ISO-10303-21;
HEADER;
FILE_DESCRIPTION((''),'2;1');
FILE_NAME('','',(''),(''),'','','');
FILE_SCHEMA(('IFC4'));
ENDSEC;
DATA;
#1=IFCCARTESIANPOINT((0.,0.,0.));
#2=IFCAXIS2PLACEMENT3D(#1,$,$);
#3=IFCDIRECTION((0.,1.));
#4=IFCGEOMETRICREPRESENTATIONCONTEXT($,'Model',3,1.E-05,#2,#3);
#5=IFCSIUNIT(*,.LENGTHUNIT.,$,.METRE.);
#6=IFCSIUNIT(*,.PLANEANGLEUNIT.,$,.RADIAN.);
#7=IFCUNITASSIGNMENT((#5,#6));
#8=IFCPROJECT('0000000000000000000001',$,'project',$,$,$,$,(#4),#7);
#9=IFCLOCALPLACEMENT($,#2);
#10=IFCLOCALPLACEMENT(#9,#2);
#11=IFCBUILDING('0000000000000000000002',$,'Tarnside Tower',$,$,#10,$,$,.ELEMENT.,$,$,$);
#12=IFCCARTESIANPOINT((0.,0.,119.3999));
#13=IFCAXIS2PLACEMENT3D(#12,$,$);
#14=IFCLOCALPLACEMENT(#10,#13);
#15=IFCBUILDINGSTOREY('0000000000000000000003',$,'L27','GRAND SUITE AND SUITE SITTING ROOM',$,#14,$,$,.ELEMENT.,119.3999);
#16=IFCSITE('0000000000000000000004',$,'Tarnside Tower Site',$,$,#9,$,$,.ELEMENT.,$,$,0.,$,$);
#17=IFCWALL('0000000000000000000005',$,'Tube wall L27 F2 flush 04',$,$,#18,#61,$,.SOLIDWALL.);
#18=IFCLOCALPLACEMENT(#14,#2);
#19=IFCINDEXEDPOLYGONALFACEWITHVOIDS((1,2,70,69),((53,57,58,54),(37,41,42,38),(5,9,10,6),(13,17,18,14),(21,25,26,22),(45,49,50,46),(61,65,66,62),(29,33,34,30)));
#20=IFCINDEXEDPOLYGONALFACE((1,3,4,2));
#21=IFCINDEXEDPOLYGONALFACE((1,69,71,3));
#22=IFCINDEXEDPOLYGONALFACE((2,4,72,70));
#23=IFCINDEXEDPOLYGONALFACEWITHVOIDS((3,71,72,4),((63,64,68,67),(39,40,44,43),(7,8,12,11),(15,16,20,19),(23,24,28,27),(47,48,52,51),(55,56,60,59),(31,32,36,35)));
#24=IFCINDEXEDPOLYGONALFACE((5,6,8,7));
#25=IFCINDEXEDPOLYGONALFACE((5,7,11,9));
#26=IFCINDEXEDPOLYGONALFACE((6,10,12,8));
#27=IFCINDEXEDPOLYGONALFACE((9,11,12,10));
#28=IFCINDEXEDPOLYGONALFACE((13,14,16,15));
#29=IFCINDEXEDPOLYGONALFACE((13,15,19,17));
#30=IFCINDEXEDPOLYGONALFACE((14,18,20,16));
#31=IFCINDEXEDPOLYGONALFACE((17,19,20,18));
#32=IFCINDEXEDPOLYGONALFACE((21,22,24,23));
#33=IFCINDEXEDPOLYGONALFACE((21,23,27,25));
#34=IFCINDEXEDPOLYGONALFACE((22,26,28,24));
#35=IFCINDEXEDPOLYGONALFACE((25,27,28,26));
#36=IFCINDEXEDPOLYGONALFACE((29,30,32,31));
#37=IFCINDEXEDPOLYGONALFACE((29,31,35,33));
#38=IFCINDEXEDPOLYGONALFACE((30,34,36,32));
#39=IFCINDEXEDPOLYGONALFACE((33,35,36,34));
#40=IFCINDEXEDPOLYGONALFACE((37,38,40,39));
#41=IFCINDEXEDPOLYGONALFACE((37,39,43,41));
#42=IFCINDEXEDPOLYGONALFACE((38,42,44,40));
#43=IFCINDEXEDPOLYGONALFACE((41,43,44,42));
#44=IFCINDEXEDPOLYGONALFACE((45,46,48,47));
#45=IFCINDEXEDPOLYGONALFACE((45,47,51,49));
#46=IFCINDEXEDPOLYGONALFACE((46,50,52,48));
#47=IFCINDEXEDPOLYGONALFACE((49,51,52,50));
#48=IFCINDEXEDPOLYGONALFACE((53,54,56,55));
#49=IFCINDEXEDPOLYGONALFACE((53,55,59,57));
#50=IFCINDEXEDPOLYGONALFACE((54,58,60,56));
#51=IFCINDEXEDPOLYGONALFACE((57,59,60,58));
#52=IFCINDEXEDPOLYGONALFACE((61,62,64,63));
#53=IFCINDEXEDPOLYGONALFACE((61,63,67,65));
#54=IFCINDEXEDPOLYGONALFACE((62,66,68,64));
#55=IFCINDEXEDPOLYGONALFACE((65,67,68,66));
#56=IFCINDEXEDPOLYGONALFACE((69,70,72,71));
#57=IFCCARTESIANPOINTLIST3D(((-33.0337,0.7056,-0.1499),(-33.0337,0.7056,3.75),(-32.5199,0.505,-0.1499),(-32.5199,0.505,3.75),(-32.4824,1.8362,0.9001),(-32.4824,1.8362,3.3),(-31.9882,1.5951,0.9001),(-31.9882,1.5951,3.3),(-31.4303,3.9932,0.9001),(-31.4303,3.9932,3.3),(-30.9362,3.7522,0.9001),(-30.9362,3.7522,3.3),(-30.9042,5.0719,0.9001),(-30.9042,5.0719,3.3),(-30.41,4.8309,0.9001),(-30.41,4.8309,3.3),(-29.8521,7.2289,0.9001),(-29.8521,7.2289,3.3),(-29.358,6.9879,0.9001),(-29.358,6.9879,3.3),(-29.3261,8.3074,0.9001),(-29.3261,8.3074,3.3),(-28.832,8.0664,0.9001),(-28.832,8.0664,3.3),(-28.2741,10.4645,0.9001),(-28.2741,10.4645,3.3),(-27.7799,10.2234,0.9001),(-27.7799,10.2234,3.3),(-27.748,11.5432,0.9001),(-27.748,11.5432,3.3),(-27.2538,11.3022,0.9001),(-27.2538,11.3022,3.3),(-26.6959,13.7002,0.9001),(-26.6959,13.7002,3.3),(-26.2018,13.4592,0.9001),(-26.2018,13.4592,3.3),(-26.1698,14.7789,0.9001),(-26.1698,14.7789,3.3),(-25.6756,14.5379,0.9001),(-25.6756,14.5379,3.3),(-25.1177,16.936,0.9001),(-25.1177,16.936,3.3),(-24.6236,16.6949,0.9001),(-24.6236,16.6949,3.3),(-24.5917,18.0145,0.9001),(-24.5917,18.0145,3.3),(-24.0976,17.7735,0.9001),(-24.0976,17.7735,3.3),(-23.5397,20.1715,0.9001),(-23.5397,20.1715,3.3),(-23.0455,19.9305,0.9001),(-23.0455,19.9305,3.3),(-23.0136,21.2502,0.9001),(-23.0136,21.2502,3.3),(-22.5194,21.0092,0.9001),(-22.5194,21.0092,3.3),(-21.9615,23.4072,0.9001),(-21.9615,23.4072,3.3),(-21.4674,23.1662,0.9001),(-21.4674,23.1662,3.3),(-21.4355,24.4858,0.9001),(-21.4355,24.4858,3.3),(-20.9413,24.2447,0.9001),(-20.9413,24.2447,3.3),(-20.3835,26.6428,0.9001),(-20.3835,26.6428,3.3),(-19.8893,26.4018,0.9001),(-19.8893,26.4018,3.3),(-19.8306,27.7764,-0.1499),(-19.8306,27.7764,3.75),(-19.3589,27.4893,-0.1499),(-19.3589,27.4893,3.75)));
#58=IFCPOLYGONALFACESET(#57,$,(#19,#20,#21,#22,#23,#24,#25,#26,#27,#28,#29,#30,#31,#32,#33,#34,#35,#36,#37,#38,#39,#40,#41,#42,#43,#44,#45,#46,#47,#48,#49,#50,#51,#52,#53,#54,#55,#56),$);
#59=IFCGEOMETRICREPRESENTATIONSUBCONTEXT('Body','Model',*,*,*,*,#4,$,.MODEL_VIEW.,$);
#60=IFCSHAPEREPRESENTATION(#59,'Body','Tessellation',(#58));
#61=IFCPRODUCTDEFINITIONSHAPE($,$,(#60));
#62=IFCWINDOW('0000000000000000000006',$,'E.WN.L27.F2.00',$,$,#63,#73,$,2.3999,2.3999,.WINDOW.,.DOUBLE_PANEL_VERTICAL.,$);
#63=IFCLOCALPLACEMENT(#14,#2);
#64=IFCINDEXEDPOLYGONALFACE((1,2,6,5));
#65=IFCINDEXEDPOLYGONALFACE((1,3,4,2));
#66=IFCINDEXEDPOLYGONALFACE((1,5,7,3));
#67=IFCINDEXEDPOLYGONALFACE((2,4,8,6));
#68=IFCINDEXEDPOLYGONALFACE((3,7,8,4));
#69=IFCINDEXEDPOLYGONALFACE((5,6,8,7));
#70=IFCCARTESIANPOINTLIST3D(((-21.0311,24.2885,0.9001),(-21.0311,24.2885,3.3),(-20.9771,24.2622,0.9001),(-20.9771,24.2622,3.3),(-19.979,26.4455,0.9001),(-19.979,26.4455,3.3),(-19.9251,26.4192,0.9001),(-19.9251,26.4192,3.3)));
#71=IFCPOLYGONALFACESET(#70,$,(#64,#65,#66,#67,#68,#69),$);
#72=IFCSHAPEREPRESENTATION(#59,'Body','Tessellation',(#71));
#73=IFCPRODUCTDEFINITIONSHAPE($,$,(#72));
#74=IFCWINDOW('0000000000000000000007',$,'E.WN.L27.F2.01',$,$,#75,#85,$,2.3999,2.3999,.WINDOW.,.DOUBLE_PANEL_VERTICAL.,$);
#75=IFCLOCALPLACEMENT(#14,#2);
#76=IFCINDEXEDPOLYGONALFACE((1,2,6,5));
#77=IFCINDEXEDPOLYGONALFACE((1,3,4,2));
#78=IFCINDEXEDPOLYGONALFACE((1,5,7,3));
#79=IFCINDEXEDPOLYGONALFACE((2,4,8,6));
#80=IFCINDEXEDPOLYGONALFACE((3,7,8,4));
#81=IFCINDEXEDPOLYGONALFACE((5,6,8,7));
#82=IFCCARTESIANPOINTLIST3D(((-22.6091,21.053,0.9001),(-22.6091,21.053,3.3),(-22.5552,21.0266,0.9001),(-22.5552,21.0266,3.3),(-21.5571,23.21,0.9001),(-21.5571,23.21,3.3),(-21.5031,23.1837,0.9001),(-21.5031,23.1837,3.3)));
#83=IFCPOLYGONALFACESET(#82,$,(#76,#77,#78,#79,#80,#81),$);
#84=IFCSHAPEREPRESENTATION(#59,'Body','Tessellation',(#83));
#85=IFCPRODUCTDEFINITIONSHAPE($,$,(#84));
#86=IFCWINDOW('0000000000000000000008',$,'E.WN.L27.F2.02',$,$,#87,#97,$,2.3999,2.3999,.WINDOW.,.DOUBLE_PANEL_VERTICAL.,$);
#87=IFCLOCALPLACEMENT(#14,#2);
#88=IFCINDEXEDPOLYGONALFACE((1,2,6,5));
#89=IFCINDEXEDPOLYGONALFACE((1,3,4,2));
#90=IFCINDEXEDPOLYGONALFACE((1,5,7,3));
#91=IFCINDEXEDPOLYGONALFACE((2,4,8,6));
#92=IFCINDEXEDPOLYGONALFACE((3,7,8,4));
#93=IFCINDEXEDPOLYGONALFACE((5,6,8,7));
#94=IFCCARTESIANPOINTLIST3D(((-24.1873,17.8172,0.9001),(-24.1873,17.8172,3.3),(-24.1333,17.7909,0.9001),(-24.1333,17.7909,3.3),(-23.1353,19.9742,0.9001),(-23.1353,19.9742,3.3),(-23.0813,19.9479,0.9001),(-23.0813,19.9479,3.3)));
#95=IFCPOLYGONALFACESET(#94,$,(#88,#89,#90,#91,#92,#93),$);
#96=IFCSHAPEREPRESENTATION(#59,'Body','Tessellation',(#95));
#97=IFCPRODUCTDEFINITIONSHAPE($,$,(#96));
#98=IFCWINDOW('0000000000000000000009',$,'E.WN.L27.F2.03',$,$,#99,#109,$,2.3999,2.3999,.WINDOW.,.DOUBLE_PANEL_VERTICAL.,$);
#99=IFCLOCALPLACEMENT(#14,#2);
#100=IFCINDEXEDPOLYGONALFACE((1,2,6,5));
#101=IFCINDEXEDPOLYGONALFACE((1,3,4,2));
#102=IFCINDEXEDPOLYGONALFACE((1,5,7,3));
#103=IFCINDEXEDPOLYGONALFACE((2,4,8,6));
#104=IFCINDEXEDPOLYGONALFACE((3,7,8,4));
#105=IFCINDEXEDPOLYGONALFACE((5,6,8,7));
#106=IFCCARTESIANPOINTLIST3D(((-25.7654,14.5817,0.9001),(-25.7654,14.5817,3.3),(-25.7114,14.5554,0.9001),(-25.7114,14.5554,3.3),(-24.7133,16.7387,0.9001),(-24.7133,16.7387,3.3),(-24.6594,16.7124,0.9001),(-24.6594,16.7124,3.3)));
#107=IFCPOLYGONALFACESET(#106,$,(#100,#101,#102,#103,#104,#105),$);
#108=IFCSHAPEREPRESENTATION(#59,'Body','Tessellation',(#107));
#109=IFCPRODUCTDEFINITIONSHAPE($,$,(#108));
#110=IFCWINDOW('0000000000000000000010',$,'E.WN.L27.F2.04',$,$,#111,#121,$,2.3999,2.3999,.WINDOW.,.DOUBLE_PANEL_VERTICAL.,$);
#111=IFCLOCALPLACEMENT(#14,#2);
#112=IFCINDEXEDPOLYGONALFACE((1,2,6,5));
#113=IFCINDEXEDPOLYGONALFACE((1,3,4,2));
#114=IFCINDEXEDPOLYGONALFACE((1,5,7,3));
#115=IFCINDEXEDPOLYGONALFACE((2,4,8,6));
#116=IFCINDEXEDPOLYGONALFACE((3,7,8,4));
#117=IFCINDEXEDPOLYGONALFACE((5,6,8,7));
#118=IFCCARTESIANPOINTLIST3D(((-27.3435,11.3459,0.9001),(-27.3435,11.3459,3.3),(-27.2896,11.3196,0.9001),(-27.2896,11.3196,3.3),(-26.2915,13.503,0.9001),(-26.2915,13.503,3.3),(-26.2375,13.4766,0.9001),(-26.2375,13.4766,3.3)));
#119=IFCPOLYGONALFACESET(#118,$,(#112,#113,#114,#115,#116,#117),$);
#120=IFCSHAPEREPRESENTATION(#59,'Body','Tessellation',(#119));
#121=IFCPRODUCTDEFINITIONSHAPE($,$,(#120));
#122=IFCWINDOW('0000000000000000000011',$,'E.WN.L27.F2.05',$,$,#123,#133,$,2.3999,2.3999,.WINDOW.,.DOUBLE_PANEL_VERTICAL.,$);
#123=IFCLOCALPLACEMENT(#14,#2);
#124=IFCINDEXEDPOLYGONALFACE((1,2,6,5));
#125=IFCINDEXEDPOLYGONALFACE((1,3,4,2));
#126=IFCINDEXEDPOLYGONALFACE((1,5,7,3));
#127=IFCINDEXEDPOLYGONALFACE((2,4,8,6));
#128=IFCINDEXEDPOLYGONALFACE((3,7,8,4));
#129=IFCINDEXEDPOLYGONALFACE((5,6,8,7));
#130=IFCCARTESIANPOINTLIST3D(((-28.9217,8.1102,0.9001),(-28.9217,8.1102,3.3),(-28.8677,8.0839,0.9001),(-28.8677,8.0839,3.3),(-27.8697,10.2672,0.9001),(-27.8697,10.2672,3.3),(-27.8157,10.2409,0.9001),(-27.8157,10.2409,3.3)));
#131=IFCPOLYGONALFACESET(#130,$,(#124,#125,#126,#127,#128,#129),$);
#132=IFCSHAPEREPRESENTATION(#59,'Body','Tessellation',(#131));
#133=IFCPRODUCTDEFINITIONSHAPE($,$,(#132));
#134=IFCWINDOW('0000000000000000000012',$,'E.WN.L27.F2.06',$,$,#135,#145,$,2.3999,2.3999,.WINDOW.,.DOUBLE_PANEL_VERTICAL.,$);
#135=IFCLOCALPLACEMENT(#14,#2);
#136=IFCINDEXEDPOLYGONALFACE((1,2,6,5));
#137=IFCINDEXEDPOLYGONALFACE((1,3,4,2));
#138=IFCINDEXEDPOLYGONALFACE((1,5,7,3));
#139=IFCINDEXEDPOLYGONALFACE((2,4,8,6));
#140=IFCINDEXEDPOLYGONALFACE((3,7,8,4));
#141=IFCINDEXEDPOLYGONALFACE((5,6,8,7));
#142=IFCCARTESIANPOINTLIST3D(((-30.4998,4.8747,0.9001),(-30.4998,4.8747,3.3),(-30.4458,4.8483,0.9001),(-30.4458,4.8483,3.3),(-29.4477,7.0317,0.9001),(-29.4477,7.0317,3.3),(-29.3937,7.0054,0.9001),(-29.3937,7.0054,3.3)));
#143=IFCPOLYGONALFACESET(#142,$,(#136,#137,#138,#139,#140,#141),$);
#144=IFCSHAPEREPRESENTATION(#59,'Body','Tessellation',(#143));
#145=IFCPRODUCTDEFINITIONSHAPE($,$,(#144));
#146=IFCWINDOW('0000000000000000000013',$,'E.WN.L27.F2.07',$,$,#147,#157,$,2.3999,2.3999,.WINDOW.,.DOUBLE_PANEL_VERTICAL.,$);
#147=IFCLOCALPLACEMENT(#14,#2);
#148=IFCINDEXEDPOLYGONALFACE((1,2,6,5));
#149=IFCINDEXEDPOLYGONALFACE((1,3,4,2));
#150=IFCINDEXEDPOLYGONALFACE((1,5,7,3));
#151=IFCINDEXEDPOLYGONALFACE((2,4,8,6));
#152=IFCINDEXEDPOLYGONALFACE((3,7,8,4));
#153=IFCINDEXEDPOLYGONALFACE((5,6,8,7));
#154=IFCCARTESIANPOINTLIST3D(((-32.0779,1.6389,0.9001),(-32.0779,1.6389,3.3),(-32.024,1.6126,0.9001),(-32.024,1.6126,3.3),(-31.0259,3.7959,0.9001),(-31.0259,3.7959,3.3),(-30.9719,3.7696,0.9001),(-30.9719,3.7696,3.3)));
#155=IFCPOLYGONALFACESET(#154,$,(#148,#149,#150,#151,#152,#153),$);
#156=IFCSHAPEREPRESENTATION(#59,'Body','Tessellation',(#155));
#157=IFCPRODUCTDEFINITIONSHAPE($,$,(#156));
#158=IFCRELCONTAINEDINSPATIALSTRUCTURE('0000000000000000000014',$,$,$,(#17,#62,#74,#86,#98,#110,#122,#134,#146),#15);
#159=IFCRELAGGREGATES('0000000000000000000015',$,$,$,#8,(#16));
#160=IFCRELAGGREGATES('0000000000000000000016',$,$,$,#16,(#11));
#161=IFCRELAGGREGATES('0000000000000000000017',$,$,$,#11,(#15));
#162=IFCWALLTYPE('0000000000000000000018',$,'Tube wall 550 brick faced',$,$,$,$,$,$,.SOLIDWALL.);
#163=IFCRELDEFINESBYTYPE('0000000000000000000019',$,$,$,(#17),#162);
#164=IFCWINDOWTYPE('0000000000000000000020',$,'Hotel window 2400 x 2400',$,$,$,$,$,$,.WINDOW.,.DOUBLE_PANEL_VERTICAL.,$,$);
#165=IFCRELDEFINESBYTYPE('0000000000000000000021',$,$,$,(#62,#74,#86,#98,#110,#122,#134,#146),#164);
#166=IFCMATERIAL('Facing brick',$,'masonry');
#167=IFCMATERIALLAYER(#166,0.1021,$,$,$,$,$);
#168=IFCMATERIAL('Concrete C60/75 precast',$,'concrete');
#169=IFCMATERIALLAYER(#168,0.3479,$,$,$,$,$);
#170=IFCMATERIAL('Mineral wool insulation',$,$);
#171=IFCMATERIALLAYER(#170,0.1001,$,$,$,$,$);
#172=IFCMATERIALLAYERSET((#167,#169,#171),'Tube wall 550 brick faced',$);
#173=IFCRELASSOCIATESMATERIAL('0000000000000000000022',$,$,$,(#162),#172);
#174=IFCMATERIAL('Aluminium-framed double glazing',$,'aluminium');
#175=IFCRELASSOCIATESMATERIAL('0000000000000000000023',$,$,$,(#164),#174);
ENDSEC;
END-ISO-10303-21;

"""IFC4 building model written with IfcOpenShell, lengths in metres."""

from ifc_helpers import new_model, si_unit, direction, frame, frame_2d, origin, place, context, subcontext, project, spatial, polyline, rectangle, outline, extrude, material, layer, layer_set, type_object, element, fill, save


model = new_model("IFC4")

# Units and contexts
model_context = context("Model", 3, precision=1e-05, world=origin(), true_north=direction((0.0, 1.0)))
body_context = subcontext(model_context, "Body", "Model", "MODEL_VIEW")
ifc_project = project(units=[si_unit("LENGTHUNIT", "METRE"), si_unit("PLANEANGLEUNIT", "RADIAN")], contexts=[model_context])

# Site, building, storey
site_placement = place(None, origin())
site = spatial("IfcSite", under=ifc_project, at=site_placement, Name="Tarnside Tower Site", CompositionType="ELEMENT", RefElevation=0.0)
building_placement = place(site_placement, origin())
building = spatial("IfcBuilding", under=site, at=building_placement, Name="Tarnside Tower", CompositionType="ELEMENT")
storey_placement = place(building_placement, frame((0.0, 0.0, 119.3999)))
storey = spatial("IfcBuildingStorey", under=building, at=storey_placement, Name="L27", Description="GRAND SUITE AND SUITE SITTING ROOM", CompositionType="ELEMENT", Elevation=119.3999)

# Shared definitions
ifc_material_1 = material(Name="Facing brick", Category="masonry")
ifc_layer_1 = layer(ifc_material_1, 0.1021)
ifc_material_2 = material(Name="Concrete C60/75 precast", Category="concrete")
ifc_layer_2 = layer(ifc_material_2, 0.3479)
ifc_material_3 = material(Name="Mineral wool insulation")
ifc_layer_3 = layer(ifc_material_3, 0.1001)
ifc_layer_set_1 = layer_set([ifc_layer_1, ifc_layer_2, ifc_layer_3], Name="Tube wall 550 brick faced")
wall_type_1 = type_object("IfcWallType", Name="Tube wall 550 brick faced", PredefinedType="SOLIDWALL", material=ifc_layer_set_1)

# Wall, openings, windows
wall_1_placement = place(storey_placement, frame((-19.5947, 27.6328, -0.1499), z_axis=(0.0, 0.0, 1.0), x_axis=(-0.438368, -0.898795, 0.0)))
wall_1 = element("IfcWall", 1, at=wall_1_placement, inside=storey, type_object=wall_type_1, Name="Tube wall L27 F2 flush 04", PredefinedType="SOLIDWALL", context=body_context, shape_type="SweptSolid", body=[
    extrude(outline(polyline([(-0.0256, -0.2749), (30.0933, -0.2749), (30.0483, 0.2749), (0.0256, 0.2749), (-0.0256, -0.2749)])), origin(), (0.0, 0.0, 1.0), 3.8999),
])
opening_1_placement = place(wall_1_placement, frame((1.2356, 0.0, 1.05)))
opening_1 = element("IfcOpeningElement", 2, at=opening_1_placement, cuts=wall_1, PredefinedType="OPENING", context=body_context, shape_type="SweptSolid", body=[
    extrude(rectangle(XDim=2.3999, YDim=2.3999, at=frame_2d((1.2, 1.2))), frame((0.0, 0.2852, 0.0), z_axis=(0.0, -1.0, 0.0), x_axis=(1.0, 0.0, 0.0)), (0.0, 0.0, 1.0), 0.5701),
])
opening_2_placement = place(wall_1_placement, frame((4.8354, 0.0, 1.05)))
opening_2 = element("IfcOpeningElement", 3, at=opening_2_placement, cuts=wall_1, PredefinedType="OPENING", context=body_context, shape_type="SweptSolid", body=[
    extrude(rectangle(XDim=2.3999, YDim=2.3999, at=frame_2d((1.2, 1.2))), frame((0.0, 0.2852, 0.0), z_axis=(0.0, -1.0, 0.0), x_axis=(1.0, 0.0, 0.0)), (0.0, 0.0, 1.0), 0.5701),
])
opening_3_placement = place(wall_1_placement, frame((8.4355, 0.0, 1.05)))
opening_3 = element("IfcOpeningElement", 4, at=opening_3_placement, cuts=wall_1, PredefinedType="OPENING", context=body_context, shape_type="SweptSolid", body=[
    extrude(rectangle(XDim=2.3999, YDim=2.3999, at=frame_2d((1.2, 1.2))), frame((0.0, 0.2852, 0.0), z_axis=(0.0, -1.0, 0.0), x_axis=(1.0, 0.0, 0.0)), (0.0, 0.0, 1.0), 0.5701),
])
opening_4_placement = place(wall_1_placement, frame((12.0354, 0.0, 1.05)))
opening_4 = element("IfcOpeningElement", 5, at=opening_4_placement, cuts=wall_1, PredefinedType="OPENING", context=body_context, shape_type="SweptSolid", body=[
    extrude(rectangle(XDim=2.3999, YDim=2.3999, at=frame_2d((1.2, 1.2))), frame((0.0, 0.2852, 0.0), z_axis=(0.0, -1.0, 0.0), x_axis=(1.0, 0.0, 0.0)), (0.0, 0.0, 1.0), 0.5701),
])
opening_5_placement = place(wall_1_placement, frame((15.6355, 0.0, 1.05)))
opening_5 = element("IfcOpeningElement", 6, at=opening_5_placement, cuts=wall_1, PredefinedType="OPENING", context=body_context, shape_type="SweptSolid", body=[
    extrude(rectangle(XDim=2.3999, YDim=2.3999, at=frame_2d((1.2, 1.2))), frame((0.0, 0.2852, 0.0), z_axis=(0.0, -1.0, 0.0), x_axis=(1.0, 0.0, 0.0)), (0.0, 0.0, 1.0), 0.5701),
])
opening_6_placement = place(wall_1_placement, frame((19.2356, 0.0, 1.05)))
opening_6 = element("IfcOpeningElement", 7, at=opening_6_placement, cuts=wall_1, PredefinedType="OPENING", context=body_context, shape_type="SweptSolid", body=[
    extrude(rectangle(XDim=2.3999, YDim=2.3999, at=frame_2d((1.2, 1.2))), frame((0.0, 0.2852, 0.0), z_axis=(0.0, -1.0, 0.0), x_axis=(1.0, 0.0, 0.0)), (0.0, 0.0, 1.0), 0.5701),
])
opening_7_placement = place(wall_1_placement, frame((22.8354, 0.0, 1.05)))
opening_7 = element("IfcOpeningElement", 8, at=opening_7_placement, cuts=wall_1, PredefinedType="OPENING", context=body_context, shape_type="SweptSolid", body=[
    extrude(rectangle(XDim=2.3999, YDim=2.3999, at=frame_2d((1.2, 1.2))), frame((0.0, 0.2852, 0.0), z_axis=(0.0, -1.0, 0.0), x_axis=(1.0, 0.0, 0.0)), (0.0, 0.0, 1.0), 0.5701),
])
opening_8_placement = place(wall_1_placement, frame((26.4355, 0.0, 1.05)))
opening_8 = element("IfcOpeningElement", 9, at=opening_8_placement, cuts=wall_1, PredefinedType="OPENING", context=body_context, shape_type="SweptSolid", body=[
    extrude(rectangle(XDim=2.3999, YDim=2.3999, at=frame_2d((1.2, 1.2))), frame((0.0, 0.2852, 0.0), z_axis=(0.0, -1.0, 0.0), x_axis=(1.0, 0.0, 0.0)), (0.0, 0.0, 1.0), 0.5701),
])
ifc_material_4 = material(Name="Aluminium-framed double glazing", Category="aluminium")
window_type = type_object("IfcWindowType", Name="Hotel window 2400 x 2400", PartitioningType="DOUBLE_PANEL_VERTICAL", PredefinedType="WINDOW", material=ifc_material_4)
window_1_placement = place(opening_1_placement, frame((0.0, 0.2051, 0.0)))
window_1 = element("IfcWindow", 10, at=window_1_placement, inside=storey, type_object=window_type, Name="E.WN.L27.F2.00", OverallHeight=2.3999, OverallWidth=2.3999, PartitioningType="DOUBLE_PANEL_VERTICAL", PredefinedType="WINDOW", context=body_context, shape_type="SweptSolid", body=[
    extrude(rectangle(XDim=2.3999, YDim=2.3999, at=frame_2d((1.2, 1.2))), frame((0.0, 0.03, 0.0), z_axis=(0.0, -1.0, 0.0), x_axis=(1.0, 0.0, 0.0)), (0.0, 0.0, 1.0), 0.0601),
])
fill(opening_1, window_1)
window_2_placement = place(opening_2_placement, frame((0.0, 0.2051, 0.0)))
window_2 = element("IfcWindow", 11, at=window_2_placement, inside=storey, type_object=window_type, Name="E.WN.L27.F2.01", OverallHeight=2.3999, OverallWidth=2.3999, PartitioningType="DOUBLE_PANEL_VERTICAL", PredefinedType="WINDOW", context=body_context, shape_type="SweptSolid", body=[
    extrude(rectangle(XDim=2.3999, YDim=2.3999, at=frame_2d((1.2, 1.2))), frame((0.0, 0.03, 0.0), z_axis=(0.0, -1.0, 0.0), x_axis=(1.0, 0.0, 0.0)), (0.0, 0.0, 1.0), 0.0601),
])
fill(opening_2, window_2)
window_3_placement = place(opening_3_placement, frame((0.0, 0.2051, 0.0)))
window_3 = element("IfcWindow", 12, at=window_3_placement, inside=storey, type_object=window_type, Name="E.WN.L27.F2.02", OverallHeight=2.3999, OverallWidth=2.3999, PartitioningType="DOUBLE_PANEL_VERTICAL", PredefinedType="WINDOW", context=body_context, shape_type="SweptSolid", body=[
    extrude(rectangle(XDim=2.3999, YDim=2.3999, at=frame_2d((1.2, 1.2))), frame((0.0, 0.03, 0.0), z_axis=(0.0, -1.0, 0.0), x_axis=(1.0, 0.0, 0.0)), (0.0, 0.0, 1.0), 0.0601),
])
fill(opening_3, window_3)
window_4_placement = place(opening_4_placement, frame((0.0, 0.2051, 0.0)))
window_4 = element("IfcWindow", 13, at=window_4_placement, inside=storey, type_object=window_type, Name="E.WN.L27.F2.03", OverallHeight=2.3999, OverallWidth=2.3999, PartitioningType="DOUBLE_PANEL_VERTICAL", PredefinedType="WINDOW", context=body_context, shape_type="SweptSolid", body=[
    extrude(rectangle(XDim=2.3999, YDim=2.3999, at=frame_2d((1.2, 1.2))), frame((0.0, 0.03, 0.0), z_axis=(0.0, -1.0, 0.0), x_axis=(1.0, 0.0, 0.0)), (0.0, 0.0, 1.0), 0.0601),
])
fill(opening_4, window_4)
window_5_placement = place(opening_5_placement, frame((0.0, 0.2051, 0.0)))
window_5 = element("IfcWindow", 14, at=window_5_placement, inside=storey, type_object=window_type, Name="E.WN.L27.F2.04", OverallHeight=2.3999, OverallWidth=2.3999, PartitioningType="DOUBLE_PANEL_VERTICAL", PredefinedType="WINDOW", context=body_context, shape_type="SweptSolid", body=[
    extrude(rectangle(XDim=2.3999, YDim=2.3999, at=frame_2d((1.2, 1.2))), frame((0.0, 0.03, 0.0), z_axis=(0.0, -1.0, 0.0), x_axis=(1.0, 0.0, 0.0)), (0.0, 0.0, 1.0), 0.0601),
])
fill(opening_5, window_5)
window_6_placement = place(opening_6_placement, frame((0.0, 0.2051, 0.0)))
window_6 = element("IfcWindow", 15, at=window_6_placement, inside=storey, type_object=window_type, Name="E.WN.L27.F2.05", OverallHeight=2.3999, OverallWidth=2.3999, PartitioningType="DOUBLE_PANEL_VERTICAL", PredefinedType="WINDOW", context=body_context, shape_type="SweptSolid", body=[
    extrude(rectangle(XDim=2.3999, YDim=2.3999, at=frame_2d((1.2, 1.2))), frame((0.0, 0.03, 0.0), z_axis=(0.0, -1.0, 0.0), x_axis=(1.0, 0.0, 0.0)), (0.0, 0.0, 1.0), 0.0601),
])
fill(opening_6, window_6)
window_7_placement = place(opening_7_placement, frame((0.0, 0.2051, 0.0)))
window_7 = element("IfcWindow", 16, at=window_7_placement, inside=storey, type_object=window_type, Name="E.WN.L27.F2.06", OverallHeight=2.3999, OverallWidth=2.3999, PartitioningType="DOUBLE_PANEL_VERTICAL", PredefinedType="WINDOW", context=body_context, shape_type="SweptSolid", body=[
    extrude(rectangle(XDim=2.3999, YDim=2.3999, at=frame_2d((1.2, 1.2))), frame((0.0, 0.03, 0.0), z_axis=(0.0, -1.0, 0.0), x_axis=(1.0, 0.0, 0.0)), (0.0, 0.0, 1.0), 0.0601),
])
fill(opening_7, window_7)
window_8_placement = place(opening_8_placement, frame((0.0, 0.2051, 0.0)))
window_8 = element("IfcWindow", 17, at=window_8_placement, inside=storey, type_object=window_type, Name="E.WN.L27.F2.07", OverallHeight=2.3999, OverallWidth=2.3999, PartitioningType="DOUBLE_PANEL_VERTICAL", PredefinedType="WINDOW", context=body_context, shape_type="SweptSolid", body=[
    extrude(rectangle(XDim=2.3999, YDim=2.3999, at=frame_2d((1.2, 1.2))), frame((0.0, 0.03, 0.0), z_axis=(0.0, -1.0, 0.0), x_axis=(1.0, 0.0, 0.0)), (0.0, 0.0, 1.0), 0.0601),
])
fill(opening_8, window_8)

save(model, "model.ifc")
